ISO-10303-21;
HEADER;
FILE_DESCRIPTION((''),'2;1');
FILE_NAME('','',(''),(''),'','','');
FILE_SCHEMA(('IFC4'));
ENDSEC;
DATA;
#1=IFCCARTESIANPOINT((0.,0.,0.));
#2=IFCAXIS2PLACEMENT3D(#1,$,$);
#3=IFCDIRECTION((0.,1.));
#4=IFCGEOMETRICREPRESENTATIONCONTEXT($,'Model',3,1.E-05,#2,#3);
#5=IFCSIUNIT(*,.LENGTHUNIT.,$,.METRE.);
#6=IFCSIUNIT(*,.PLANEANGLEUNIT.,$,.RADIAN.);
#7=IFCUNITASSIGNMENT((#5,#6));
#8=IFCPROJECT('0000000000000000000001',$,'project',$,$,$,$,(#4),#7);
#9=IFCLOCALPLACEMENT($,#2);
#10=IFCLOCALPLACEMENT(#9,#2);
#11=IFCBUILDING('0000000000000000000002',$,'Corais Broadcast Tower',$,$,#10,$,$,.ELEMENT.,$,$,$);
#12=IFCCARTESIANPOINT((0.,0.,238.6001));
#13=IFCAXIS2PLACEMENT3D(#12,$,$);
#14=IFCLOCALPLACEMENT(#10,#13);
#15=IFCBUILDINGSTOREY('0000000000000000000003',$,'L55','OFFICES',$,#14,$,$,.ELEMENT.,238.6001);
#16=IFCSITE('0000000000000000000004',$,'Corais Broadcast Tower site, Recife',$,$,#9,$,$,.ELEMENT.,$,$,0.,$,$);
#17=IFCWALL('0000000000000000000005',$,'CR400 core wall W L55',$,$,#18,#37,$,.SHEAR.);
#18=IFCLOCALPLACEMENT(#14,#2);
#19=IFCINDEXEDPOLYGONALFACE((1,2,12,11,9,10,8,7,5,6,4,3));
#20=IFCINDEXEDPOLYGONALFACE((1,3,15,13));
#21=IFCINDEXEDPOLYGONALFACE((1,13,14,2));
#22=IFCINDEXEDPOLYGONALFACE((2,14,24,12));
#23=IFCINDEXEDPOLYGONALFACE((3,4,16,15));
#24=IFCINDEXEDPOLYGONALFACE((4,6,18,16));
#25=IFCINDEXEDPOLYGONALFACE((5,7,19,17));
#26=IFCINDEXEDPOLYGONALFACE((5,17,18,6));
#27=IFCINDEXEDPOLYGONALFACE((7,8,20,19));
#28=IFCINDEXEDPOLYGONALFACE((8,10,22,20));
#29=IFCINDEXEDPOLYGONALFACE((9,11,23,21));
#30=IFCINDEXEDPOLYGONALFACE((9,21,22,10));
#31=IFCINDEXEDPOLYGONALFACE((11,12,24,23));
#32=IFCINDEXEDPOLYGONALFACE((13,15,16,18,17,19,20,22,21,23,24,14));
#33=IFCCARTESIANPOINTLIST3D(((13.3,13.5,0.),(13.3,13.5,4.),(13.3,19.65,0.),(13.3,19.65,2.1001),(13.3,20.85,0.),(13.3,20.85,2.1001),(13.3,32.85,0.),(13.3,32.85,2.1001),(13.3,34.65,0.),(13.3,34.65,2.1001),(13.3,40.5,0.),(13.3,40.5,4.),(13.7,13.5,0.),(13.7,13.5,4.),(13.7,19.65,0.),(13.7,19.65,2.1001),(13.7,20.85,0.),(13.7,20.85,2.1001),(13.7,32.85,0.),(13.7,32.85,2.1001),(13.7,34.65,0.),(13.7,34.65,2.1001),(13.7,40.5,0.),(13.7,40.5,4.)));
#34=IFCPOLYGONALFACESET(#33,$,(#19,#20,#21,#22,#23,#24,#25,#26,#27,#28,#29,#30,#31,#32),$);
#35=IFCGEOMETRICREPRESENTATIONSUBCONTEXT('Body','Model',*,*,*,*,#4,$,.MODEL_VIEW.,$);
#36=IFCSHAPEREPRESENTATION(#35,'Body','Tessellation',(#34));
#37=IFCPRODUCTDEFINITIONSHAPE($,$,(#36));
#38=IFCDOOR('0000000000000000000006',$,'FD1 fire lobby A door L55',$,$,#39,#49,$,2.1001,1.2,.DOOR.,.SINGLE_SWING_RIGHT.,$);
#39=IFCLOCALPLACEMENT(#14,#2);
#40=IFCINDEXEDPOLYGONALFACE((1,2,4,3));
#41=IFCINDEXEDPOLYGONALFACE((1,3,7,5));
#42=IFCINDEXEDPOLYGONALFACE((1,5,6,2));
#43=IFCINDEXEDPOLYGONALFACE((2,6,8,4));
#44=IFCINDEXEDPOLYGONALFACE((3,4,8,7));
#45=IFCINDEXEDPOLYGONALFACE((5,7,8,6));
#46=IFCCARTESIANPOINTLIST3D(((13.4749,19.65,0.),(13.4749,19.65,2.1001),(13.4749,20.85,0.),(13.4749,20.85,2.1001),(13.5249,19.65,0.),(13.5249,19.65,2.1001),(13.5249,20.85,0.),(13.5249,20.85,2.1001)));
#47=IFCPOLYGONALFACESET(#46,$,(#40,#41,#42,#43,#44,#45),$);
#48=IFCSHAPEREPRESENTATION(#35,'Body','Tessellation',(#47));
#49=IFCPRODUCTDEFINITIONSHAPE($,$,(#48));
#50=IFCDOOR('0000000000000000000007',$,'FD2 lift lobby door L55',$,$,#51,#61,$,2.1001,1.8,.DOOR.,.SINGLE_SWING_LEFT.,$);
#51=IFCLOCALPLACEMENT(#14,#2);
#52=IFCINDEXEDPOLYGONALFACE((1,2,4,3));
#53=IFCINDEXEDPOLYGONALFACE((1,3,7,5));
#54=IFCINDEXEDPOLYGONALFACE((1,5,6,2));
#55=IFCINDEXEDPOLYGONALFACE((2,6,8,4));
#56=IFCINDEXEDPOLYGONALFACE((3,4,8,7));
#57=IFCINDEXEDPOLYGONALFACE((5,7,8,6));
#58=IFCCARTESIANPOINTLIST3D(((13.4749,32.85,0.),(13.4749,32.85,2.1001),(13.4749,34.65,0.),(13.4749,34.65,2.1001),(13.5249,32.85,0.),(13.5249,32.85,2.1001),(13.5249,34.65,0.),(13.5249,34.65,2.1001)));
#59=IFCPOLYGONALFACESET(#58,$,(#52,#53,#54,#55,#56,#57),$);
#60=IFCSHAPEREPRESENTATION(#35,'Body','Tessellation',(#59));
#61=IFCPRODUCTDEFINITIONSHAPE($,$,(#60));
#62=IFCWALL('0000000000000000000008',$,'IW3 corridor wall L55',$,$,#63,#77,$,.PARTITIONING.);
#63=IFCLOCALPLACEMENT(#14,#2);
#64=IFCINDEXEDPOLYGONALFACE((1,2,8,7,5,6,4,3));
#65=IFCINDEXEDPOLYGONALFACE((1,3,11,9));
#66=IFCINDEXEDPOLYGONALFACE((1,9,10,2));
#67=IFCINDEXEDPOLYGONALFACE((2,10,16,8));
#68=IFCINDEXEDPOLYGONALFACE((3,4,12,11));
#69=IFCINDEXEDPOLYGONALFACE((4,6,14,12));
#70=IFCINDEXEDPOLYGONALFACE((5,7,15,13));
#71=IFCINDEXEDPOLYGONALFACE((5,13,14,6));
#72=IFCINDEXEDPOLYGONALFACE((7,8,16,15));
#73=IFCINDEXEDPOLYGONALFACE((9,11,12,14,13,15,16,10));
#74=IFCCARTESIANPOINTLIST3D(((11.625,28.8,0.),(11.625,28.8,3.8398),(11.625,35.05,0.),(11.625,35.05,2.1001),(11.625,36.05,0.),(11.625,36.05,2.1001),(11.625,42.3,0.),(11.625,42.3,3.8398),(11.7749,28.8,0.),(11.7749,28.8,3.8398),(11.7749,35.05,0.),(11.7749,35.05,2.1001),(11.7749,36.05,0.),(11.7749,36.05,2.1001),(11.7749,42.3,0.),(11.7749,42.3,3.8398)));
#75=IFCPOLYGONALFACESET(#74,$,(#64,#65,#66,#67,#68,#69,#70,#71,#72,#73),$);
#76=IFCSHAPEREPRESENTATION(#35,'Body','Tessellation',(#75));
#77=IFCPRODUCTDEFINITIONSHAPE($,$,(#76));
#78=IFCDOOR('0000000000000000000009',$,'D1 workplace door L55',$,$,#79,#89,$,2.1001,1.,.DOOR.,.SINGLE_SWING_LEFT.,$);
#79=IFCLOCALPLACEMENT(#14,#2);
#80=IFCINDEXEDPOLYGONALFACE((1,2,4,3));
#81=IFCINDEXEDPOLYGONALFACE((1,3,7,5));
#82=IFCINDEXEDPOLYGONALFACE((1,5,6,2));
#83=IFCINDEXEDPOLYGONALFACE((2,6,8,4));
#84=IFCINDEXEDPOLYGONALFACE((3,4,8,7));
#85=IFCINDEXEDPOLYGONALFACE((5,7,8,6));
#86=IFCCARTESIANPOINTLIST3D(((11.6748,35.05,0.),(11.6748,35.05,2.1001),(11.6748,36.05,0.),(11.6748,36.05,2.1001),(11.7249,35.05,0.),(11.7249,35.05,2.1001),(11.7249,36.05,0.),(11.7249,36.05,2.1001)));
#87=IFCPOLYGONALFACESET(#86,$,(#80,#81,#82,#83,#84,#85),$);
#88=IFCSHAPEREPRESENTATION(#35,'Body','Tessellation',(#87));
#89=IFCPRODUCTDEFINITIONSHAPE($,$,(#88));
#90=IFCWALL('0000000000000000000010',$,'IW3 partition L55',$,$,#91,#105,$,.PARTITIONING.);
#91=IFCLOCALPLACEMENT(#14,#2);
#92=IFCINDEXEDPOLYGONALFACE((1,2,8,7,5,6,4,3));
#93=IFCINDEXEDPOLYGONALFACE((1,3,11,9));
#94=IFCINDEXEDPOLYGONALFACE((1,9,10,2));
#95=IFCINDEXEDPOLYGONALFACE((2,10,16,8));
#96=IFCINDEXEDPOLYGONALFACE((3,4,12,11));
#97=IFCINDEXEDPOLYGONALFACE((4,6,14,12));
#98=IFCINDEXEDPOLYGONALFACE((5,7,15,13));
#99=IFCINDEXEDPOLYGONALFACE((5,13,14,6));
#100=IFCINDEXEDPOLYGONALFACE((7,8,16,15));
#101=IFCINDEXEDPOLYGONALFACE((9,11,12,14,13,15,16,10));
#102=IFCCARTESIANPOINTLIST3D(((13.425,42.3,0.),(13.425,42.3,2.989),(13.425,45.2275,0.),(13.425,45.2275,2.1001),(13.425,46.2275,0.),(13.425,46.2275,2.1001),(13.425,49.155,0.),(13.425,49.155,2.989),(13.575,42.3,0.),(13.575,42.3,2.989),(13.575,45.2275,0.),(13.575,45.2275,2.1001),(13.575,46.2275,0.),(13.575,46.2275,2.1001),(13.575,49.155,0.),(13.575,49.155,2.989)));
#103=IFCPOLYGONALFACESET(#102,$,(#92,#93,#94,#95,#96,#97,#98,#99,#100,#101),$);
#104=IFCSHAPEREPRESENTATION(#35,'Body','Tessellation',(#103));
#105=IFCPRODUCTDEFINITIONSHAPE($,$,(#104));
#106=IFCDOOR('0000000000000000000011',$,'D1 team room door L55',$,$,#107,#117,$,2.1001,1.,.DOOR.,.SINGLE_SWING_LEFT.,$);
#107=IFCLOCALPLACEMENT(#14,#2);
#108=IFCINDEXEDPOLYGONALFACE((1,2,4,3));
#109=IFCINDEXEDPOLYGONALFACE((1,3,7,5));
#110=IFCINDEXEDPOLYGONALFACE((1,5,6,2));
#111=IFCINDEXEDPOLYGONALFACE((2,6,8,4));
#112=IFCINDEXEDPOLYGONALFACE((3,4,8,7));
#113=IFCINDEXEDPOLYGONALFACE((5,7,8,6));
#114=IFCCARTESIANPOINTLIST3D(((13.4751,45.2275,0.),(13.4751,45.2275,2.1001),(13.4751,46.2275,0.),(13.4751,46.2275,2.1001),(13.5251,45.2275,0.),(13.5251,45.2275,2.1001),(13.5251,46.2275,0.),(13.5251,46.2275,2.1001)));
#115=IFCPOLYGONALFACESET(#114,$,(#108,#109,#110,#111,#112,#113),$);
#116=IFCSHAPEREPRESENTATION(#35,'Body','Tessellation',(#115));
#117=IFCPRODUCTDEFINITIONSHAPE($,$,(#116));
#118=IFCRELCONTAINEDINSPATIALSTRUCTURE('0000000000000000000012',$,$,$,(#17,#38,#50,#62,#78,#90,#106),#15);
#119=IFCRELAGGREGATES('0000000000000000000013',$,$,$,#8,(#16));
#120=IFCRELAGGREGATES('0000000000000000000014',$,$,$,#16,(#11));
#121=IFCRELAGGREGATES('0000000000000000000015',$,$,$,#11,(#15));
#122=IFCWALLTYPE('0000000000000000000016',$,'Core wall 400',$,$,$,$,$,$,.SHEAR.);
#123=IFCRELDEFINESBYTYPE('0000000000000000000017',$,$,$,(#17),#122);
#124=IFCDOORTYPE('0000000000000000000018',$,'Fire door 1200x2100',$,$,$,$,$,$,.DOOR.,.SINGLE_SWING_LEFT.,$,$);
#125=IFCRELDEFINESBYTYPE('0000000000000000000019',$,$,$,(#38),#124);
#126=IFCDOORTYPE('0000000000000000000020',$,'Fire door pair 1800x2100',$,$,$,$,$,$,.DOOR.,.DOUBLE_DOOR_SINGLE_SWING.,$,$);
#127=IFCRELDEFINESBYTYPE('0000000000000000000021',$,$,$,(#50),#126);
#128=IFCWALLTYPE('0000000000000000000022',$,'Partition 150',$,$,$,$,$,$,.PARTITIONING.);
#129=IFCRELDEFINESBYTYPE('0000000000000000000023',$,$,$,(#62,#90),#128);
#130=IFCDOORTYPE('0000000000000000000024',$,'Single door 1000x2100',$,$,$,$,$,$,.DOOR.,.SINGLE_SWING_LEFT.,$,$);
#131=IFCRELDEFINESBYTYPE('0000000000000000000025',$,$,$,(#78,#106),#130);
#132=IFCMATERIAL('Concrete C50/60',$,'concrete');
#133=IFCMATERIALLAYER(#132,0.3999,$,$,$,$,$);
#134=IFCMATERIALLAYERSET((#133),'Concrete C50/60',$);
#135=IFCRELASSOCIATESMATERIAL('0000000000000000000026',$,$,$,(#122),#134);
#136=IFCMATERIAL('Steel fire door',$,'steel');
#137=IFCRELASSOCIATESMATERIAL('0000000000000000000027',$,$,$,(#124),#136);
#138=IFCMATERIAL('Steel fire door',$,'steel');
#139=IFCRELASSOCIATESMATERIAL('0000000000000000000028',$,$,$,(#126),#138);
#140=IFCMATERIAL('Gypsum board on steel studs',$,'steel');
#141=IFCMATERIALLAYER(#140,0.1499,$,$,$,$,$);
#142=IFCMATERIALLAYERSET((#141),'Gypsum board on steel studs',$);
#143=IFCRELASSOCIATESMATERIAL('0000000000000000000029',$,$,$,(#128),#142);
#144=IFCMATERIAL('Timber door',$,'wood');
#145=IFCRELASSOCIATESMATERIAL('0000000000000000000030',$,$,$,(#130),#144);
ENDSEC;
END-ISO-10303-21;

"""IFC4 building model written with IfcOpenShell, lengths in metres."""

from ifc_helpers import new_model, si_unit, direction, frame, frame_2d, origin, place, context, subcontext, project, spatial, rectangle, extrude, material, layer, layer_set, type_object, element, fill, save


model = new_model("IFC4")

# Units and contexts
model_context = context("Model", 3, precision=1e-05, world=origin(), true_north=direction((0.0, 1.0)))
body_context = subcontext(model_context, "Body", "Model", "MODEL_VIEW")
ifc_project = project(units=[si_unit("LENGTHUNIT", "METRE"), si_unit("PLANEANGLEUNIT", "RADIAN")], contexts=[model_context])

# Site, building, storey
site_placement = place(None, origin())
site = spatial("IfcSite", under=ifc_project, at=site_placement, Name="Corais Broadcast Tower site, Recife", CompositionType="ELEMENT", RefElevation=0.0)
building_placement = place(site_placement, origin())
building = spatial("IfcBuilding", under=site, at=building_placement, Name="Corais Broadcast Tower", CompositionType="ELEMENT")
storey_placement = place(building_placement, frame((0.0, 0.0, 238.6001)))
storey = spatial("IfcBuildingStorey", under=building, at=storey_placement, Name="L55", Description="OFFICES", CompositionType="ELEMENT", Elevation=238.6001)

# Wall, openings, doors
ifc_material_1 = material(Name="Concrete C50/60", Category="concrete")
ifc_layer_1 = layer(ifc_material_1, 0.3999)
ifc_layer_set_1 = layer_set([ifc_layer_1], Name="Concrete C50/60")
wall_type_1 = type_object("IfcWallType", Name="Core wall 400", PredefinedType="SHEAR", material=ifc_layer_set_1)
wall_1_placement = place(storey_placement, frame((13.5, 40.5, 0.0), z_axis=(0.0, 0.0, 1.0), x_axis=(0.0, -1.0, 0.0)))
wall_1 = element("IfcWall", 1, at=wall_1_placement, inside=storey, type_object=wall_type_1, Name="CR400 core wall W L55", PredefinedType="SHEAR", context=body_context, shape_type="SweptSolid", body=[
    extrude(rectangle(XDim=27.0, YDim=0.3999, at=frame_2d((13.5, 0.0))), origin(), (0.0, 0.0, 1.0), 4.0),
])
opening_1_placement = place(wall_1_placement, frame((19.6499, 0.0, 0.0)))
opening_1 = element("IfcOpeningElement", 2, at=opening_1_placement, cuts=wall_1, PredefinedType="OPENING", context=body_context, shape_type="SweptSolid", body=[
    extrude(rectangle(XDim=1.2, YDim=2.1001, at=frame_2d((0.6001, 1.05))), frame((0.0, 0.21, 0.0), z_axis=(0.0, -1.0, 0.0), x_axis=(1.0, 0.0, 0.0)), (0.0, 0.0, 1.0), 0.4199),
])
opening_2_placement = place(wall_1_placement, frame((5.8501, 0.0, 0.0)))
opening_2 = element("IfcOpeningElement", 3, at=opening_2_placement, cuts=wall_1, PredefinedType="OPENING", context=body_context, shape_type="SweptSolid", body=[
    extrude(rectangle(XDim=1.8, YDim=2.1001, at=frame_2d((0.8999, 1.05))), frame((0.0, 0.21, 0.0), z_axis=(0.0, -1.0, 0.0), x_axis=(1.0, 0.0, 0.0)), (0.0, 0.0, 1.0), 0.4199),
])
ifc_material_2 = material(Name="Steel fire door", Category="steel")
door_type_1 = type_object("IfcDoorType", Name="Fire door 1200x2100", OperationType="SINGLE_SWING_LEFT", PredefinedType="DOOR", material=ifc_material_2)
door_1_placement = place(opening_1_placement, origin())
door_1 = element("IfcDoor", 4, at=door_1_placement, inside=storey, type_object=door_type_1, Name="FD1 fire lobby A door L55", OperationType="SINGLE_SWING_RIGHT", OverallHeight=2.1001, OverallWidth=1.2, PredefinedType="DOOR", context=body_context, shape_type="SweptSolid", body=[
    extrude(rectangle(XDim=1.2, YDim=2.1001, at=frame_2d((0.6001, 1.05))), frame((0.0, 0.0249, 0.0), z_axis=(0.0, -1.0, 0.0), x_axis=(1.0, 0.0, 0.0)), (0.0, 0.0, 1.0), 0.05),
])
fill(opening_1, door_1)
ifc_material_3 = material(Name="Steel fire door", Category="steel")
door_type_2 = type_object("IfcDoorType", Name="Fire door pair 1800x2100", OperationType="DOUBLE_DOOR_SINGLE_SWING", PredefinedType="DOOR", material=ifc_material_3)
door_2_placement = place(opening_2_placement, origin())
door_2 = element("IfcDoor", 5, at=door_2_placement, inside=storey, type_object=door_type_2, Name="FD2 lift lobby door L55", OperationType="SINGLE_SWING_LEFT", OverallHeight=2.1001, OverallWidth=1.8, PredefinedType="DOOR", context=body_context, shape_type="SweptSolid", body=[
    extrude(rectangle(XDim=1.8, YDim=2.1001, at=frame_2d((0.8999, 1.05))), frame((0.0, 0.0249, 0.0), z_axis=(0.0, -1.0, 0.0), x_axis=(1.0, 0.0, 0.0)), (0.0, 0.0, 1.0), 0.05),
])
fill(opening_2, door_2)

# Walls, openings, doors
ifc_material_4 = material(Name="Gypsum board on steel studs", Category="steel")
ifc_layer_2 = layer(ifc_material_4, 0.1499)
ifc_layer_set_2 = layer_set([ifc_layer_2], Name="Gypsum board on steel studs")
wall_type_2 = type_object("IfcWallType", Name="Partition 150", PredefinedType="PARTITIONING", material=ifc_layer_set_2)
wall_2_placement = place(storey_placement, frame((11.7, 42.3, 0.0), z_axis=(0.0, 0.0, 1.0), x_axis=(0.0, -1.0, 0.0)))
wall_2 = element("IfcWall", 6, at=wall_2_placement, inside=storey, type_object=wall_type_2, Name="IW3 corridor wall L55", PredefinedType="PARTITIONING", context=body_context, shape_type="SweptSolid", body=[
    extrude(rectangle(XDim=13.5, YDim=0.1499, at=frame_2d((6.75, 0.0))), origin(), (0.0, 0.0, 1.0), 3.8398),
])
opening_3_placement = place(wall_2_placement, frame((6.25, 0.0, 0.0)))
opening_3 = element("IfcOpeningElement", 7, at=opening_3_placement, cuts=wall_2, PredefinedType="OPENING", context=body_context, shape_type="SweptSolid", body=[
    extrude(rectangle(XDim=1.0, YDim=2.1001, at=frame_2d((0.5, 1.05))), frame((0.0, 0.085, 0.0), z_axis=(0.0, -1.0, 0.0), x_axis=(1.0, 0.0, 0.0)), (0.0, 0.0, 1.0), 0.1699),
])
ifc_material_5 = material(Name="Timber door", Category="wood")
door_type_3 = type_object("IfcDoorType", Name="Single door 1000x2100", OperationType="SINGLE_SWING_LEFT", PredefinedType="DOOR", material=ifc_material_5)
door_3_placement = place(opening_3_placement, origin())
door_3 = element("IfcDoor", 8, at=door_3_placement, inside=storey, type_object=door_type_3, Name="D1 workplace door L55", OperationType="SINGLE_SWING_LEFT", OverallHeight=2.1001, OverallWidth=1.0, PredefinedType="DOOR", context=body_context, shape_type="SweptSolid", body=[
    extrude(rectangle(XDim=1.0, YDim=2.1001, at=frame_2d((0.5, 1.05))), frame((0.0, 0.0249, 0.0), z_axis=(0.0, -1.0, 0.0), x_axis=(1.0, 0.0, 0.0)), (0.0, 0.0, 1.0), 0.05),
])
fill(opening_3, door_3)
wall_3_placement = place(storey_placement, frame((13.5, 42.3, 0.0), z_axis=(0.0, 0.0, 1.0), x_axis=(0.0, 1.0, 0.0)))
wall_3 = element("IfcWall", 9, at=wall_3_placement, inside=storey, type_object=wall_type_2, Name="IW3 partition L55", PredefinedType="PARTITIONING", context=body_context, shape_type="SweptSolid", body=[
    extrude(rectangle(XDim=6.855, YDim=0.1499, at=frame_2d((3.4275, 0.0))), origin(), (0.0, 0.0, 1.0), 2.989),
])
opening_4_placement = place(wall_3_placement, frame((2.9275, 0.0, 0.0)))
opening_4 = element("IfcOpeningElement", 10, at=opening_4_placement, cuts=wall_3, PredefinedType="OPENING", context=body_context, shape_type="SweptSolid", body=[
    extrude(rectangle(XDim=1.0, YDim=2.1001, at=frame_2d((0.5, 1.05))), frame((0.0, 0.085, 0.0), z_axis=(0.0, -1.0, 0.0), x_axis=(1.0, 0.0, 0.0)), (0.0, 0.0, 1.0), 0.1699),
])
door_4_placement = place(opening_4_placement, origin())
door_4 = element("IfcDoor", 11, at=door_4_placement, inside=storey, type_object=door_type_3, Name="D1 team room door L55", OperationType="SINGLE_SWING_LEFT", OverallHeight=2.1001, OverallWidth=1.0, PredefinedType="DOOR", context=body_context, shape_type="SweptSolid", body=[
    extrude(rectangle(XDim=1.0, YDim=2.1001, at=frame_2d((0.5, 1.05))), frame((0.0, 0.0249, 0.0), z_axis=(0.0, -1.0, 0.0), x_axis=(1.0, 0.0, 0.0)), (0.0, 0.0, 1.0), 0.05),
])
fill(opening_4, door_4)

save(model, "model.ifc")
